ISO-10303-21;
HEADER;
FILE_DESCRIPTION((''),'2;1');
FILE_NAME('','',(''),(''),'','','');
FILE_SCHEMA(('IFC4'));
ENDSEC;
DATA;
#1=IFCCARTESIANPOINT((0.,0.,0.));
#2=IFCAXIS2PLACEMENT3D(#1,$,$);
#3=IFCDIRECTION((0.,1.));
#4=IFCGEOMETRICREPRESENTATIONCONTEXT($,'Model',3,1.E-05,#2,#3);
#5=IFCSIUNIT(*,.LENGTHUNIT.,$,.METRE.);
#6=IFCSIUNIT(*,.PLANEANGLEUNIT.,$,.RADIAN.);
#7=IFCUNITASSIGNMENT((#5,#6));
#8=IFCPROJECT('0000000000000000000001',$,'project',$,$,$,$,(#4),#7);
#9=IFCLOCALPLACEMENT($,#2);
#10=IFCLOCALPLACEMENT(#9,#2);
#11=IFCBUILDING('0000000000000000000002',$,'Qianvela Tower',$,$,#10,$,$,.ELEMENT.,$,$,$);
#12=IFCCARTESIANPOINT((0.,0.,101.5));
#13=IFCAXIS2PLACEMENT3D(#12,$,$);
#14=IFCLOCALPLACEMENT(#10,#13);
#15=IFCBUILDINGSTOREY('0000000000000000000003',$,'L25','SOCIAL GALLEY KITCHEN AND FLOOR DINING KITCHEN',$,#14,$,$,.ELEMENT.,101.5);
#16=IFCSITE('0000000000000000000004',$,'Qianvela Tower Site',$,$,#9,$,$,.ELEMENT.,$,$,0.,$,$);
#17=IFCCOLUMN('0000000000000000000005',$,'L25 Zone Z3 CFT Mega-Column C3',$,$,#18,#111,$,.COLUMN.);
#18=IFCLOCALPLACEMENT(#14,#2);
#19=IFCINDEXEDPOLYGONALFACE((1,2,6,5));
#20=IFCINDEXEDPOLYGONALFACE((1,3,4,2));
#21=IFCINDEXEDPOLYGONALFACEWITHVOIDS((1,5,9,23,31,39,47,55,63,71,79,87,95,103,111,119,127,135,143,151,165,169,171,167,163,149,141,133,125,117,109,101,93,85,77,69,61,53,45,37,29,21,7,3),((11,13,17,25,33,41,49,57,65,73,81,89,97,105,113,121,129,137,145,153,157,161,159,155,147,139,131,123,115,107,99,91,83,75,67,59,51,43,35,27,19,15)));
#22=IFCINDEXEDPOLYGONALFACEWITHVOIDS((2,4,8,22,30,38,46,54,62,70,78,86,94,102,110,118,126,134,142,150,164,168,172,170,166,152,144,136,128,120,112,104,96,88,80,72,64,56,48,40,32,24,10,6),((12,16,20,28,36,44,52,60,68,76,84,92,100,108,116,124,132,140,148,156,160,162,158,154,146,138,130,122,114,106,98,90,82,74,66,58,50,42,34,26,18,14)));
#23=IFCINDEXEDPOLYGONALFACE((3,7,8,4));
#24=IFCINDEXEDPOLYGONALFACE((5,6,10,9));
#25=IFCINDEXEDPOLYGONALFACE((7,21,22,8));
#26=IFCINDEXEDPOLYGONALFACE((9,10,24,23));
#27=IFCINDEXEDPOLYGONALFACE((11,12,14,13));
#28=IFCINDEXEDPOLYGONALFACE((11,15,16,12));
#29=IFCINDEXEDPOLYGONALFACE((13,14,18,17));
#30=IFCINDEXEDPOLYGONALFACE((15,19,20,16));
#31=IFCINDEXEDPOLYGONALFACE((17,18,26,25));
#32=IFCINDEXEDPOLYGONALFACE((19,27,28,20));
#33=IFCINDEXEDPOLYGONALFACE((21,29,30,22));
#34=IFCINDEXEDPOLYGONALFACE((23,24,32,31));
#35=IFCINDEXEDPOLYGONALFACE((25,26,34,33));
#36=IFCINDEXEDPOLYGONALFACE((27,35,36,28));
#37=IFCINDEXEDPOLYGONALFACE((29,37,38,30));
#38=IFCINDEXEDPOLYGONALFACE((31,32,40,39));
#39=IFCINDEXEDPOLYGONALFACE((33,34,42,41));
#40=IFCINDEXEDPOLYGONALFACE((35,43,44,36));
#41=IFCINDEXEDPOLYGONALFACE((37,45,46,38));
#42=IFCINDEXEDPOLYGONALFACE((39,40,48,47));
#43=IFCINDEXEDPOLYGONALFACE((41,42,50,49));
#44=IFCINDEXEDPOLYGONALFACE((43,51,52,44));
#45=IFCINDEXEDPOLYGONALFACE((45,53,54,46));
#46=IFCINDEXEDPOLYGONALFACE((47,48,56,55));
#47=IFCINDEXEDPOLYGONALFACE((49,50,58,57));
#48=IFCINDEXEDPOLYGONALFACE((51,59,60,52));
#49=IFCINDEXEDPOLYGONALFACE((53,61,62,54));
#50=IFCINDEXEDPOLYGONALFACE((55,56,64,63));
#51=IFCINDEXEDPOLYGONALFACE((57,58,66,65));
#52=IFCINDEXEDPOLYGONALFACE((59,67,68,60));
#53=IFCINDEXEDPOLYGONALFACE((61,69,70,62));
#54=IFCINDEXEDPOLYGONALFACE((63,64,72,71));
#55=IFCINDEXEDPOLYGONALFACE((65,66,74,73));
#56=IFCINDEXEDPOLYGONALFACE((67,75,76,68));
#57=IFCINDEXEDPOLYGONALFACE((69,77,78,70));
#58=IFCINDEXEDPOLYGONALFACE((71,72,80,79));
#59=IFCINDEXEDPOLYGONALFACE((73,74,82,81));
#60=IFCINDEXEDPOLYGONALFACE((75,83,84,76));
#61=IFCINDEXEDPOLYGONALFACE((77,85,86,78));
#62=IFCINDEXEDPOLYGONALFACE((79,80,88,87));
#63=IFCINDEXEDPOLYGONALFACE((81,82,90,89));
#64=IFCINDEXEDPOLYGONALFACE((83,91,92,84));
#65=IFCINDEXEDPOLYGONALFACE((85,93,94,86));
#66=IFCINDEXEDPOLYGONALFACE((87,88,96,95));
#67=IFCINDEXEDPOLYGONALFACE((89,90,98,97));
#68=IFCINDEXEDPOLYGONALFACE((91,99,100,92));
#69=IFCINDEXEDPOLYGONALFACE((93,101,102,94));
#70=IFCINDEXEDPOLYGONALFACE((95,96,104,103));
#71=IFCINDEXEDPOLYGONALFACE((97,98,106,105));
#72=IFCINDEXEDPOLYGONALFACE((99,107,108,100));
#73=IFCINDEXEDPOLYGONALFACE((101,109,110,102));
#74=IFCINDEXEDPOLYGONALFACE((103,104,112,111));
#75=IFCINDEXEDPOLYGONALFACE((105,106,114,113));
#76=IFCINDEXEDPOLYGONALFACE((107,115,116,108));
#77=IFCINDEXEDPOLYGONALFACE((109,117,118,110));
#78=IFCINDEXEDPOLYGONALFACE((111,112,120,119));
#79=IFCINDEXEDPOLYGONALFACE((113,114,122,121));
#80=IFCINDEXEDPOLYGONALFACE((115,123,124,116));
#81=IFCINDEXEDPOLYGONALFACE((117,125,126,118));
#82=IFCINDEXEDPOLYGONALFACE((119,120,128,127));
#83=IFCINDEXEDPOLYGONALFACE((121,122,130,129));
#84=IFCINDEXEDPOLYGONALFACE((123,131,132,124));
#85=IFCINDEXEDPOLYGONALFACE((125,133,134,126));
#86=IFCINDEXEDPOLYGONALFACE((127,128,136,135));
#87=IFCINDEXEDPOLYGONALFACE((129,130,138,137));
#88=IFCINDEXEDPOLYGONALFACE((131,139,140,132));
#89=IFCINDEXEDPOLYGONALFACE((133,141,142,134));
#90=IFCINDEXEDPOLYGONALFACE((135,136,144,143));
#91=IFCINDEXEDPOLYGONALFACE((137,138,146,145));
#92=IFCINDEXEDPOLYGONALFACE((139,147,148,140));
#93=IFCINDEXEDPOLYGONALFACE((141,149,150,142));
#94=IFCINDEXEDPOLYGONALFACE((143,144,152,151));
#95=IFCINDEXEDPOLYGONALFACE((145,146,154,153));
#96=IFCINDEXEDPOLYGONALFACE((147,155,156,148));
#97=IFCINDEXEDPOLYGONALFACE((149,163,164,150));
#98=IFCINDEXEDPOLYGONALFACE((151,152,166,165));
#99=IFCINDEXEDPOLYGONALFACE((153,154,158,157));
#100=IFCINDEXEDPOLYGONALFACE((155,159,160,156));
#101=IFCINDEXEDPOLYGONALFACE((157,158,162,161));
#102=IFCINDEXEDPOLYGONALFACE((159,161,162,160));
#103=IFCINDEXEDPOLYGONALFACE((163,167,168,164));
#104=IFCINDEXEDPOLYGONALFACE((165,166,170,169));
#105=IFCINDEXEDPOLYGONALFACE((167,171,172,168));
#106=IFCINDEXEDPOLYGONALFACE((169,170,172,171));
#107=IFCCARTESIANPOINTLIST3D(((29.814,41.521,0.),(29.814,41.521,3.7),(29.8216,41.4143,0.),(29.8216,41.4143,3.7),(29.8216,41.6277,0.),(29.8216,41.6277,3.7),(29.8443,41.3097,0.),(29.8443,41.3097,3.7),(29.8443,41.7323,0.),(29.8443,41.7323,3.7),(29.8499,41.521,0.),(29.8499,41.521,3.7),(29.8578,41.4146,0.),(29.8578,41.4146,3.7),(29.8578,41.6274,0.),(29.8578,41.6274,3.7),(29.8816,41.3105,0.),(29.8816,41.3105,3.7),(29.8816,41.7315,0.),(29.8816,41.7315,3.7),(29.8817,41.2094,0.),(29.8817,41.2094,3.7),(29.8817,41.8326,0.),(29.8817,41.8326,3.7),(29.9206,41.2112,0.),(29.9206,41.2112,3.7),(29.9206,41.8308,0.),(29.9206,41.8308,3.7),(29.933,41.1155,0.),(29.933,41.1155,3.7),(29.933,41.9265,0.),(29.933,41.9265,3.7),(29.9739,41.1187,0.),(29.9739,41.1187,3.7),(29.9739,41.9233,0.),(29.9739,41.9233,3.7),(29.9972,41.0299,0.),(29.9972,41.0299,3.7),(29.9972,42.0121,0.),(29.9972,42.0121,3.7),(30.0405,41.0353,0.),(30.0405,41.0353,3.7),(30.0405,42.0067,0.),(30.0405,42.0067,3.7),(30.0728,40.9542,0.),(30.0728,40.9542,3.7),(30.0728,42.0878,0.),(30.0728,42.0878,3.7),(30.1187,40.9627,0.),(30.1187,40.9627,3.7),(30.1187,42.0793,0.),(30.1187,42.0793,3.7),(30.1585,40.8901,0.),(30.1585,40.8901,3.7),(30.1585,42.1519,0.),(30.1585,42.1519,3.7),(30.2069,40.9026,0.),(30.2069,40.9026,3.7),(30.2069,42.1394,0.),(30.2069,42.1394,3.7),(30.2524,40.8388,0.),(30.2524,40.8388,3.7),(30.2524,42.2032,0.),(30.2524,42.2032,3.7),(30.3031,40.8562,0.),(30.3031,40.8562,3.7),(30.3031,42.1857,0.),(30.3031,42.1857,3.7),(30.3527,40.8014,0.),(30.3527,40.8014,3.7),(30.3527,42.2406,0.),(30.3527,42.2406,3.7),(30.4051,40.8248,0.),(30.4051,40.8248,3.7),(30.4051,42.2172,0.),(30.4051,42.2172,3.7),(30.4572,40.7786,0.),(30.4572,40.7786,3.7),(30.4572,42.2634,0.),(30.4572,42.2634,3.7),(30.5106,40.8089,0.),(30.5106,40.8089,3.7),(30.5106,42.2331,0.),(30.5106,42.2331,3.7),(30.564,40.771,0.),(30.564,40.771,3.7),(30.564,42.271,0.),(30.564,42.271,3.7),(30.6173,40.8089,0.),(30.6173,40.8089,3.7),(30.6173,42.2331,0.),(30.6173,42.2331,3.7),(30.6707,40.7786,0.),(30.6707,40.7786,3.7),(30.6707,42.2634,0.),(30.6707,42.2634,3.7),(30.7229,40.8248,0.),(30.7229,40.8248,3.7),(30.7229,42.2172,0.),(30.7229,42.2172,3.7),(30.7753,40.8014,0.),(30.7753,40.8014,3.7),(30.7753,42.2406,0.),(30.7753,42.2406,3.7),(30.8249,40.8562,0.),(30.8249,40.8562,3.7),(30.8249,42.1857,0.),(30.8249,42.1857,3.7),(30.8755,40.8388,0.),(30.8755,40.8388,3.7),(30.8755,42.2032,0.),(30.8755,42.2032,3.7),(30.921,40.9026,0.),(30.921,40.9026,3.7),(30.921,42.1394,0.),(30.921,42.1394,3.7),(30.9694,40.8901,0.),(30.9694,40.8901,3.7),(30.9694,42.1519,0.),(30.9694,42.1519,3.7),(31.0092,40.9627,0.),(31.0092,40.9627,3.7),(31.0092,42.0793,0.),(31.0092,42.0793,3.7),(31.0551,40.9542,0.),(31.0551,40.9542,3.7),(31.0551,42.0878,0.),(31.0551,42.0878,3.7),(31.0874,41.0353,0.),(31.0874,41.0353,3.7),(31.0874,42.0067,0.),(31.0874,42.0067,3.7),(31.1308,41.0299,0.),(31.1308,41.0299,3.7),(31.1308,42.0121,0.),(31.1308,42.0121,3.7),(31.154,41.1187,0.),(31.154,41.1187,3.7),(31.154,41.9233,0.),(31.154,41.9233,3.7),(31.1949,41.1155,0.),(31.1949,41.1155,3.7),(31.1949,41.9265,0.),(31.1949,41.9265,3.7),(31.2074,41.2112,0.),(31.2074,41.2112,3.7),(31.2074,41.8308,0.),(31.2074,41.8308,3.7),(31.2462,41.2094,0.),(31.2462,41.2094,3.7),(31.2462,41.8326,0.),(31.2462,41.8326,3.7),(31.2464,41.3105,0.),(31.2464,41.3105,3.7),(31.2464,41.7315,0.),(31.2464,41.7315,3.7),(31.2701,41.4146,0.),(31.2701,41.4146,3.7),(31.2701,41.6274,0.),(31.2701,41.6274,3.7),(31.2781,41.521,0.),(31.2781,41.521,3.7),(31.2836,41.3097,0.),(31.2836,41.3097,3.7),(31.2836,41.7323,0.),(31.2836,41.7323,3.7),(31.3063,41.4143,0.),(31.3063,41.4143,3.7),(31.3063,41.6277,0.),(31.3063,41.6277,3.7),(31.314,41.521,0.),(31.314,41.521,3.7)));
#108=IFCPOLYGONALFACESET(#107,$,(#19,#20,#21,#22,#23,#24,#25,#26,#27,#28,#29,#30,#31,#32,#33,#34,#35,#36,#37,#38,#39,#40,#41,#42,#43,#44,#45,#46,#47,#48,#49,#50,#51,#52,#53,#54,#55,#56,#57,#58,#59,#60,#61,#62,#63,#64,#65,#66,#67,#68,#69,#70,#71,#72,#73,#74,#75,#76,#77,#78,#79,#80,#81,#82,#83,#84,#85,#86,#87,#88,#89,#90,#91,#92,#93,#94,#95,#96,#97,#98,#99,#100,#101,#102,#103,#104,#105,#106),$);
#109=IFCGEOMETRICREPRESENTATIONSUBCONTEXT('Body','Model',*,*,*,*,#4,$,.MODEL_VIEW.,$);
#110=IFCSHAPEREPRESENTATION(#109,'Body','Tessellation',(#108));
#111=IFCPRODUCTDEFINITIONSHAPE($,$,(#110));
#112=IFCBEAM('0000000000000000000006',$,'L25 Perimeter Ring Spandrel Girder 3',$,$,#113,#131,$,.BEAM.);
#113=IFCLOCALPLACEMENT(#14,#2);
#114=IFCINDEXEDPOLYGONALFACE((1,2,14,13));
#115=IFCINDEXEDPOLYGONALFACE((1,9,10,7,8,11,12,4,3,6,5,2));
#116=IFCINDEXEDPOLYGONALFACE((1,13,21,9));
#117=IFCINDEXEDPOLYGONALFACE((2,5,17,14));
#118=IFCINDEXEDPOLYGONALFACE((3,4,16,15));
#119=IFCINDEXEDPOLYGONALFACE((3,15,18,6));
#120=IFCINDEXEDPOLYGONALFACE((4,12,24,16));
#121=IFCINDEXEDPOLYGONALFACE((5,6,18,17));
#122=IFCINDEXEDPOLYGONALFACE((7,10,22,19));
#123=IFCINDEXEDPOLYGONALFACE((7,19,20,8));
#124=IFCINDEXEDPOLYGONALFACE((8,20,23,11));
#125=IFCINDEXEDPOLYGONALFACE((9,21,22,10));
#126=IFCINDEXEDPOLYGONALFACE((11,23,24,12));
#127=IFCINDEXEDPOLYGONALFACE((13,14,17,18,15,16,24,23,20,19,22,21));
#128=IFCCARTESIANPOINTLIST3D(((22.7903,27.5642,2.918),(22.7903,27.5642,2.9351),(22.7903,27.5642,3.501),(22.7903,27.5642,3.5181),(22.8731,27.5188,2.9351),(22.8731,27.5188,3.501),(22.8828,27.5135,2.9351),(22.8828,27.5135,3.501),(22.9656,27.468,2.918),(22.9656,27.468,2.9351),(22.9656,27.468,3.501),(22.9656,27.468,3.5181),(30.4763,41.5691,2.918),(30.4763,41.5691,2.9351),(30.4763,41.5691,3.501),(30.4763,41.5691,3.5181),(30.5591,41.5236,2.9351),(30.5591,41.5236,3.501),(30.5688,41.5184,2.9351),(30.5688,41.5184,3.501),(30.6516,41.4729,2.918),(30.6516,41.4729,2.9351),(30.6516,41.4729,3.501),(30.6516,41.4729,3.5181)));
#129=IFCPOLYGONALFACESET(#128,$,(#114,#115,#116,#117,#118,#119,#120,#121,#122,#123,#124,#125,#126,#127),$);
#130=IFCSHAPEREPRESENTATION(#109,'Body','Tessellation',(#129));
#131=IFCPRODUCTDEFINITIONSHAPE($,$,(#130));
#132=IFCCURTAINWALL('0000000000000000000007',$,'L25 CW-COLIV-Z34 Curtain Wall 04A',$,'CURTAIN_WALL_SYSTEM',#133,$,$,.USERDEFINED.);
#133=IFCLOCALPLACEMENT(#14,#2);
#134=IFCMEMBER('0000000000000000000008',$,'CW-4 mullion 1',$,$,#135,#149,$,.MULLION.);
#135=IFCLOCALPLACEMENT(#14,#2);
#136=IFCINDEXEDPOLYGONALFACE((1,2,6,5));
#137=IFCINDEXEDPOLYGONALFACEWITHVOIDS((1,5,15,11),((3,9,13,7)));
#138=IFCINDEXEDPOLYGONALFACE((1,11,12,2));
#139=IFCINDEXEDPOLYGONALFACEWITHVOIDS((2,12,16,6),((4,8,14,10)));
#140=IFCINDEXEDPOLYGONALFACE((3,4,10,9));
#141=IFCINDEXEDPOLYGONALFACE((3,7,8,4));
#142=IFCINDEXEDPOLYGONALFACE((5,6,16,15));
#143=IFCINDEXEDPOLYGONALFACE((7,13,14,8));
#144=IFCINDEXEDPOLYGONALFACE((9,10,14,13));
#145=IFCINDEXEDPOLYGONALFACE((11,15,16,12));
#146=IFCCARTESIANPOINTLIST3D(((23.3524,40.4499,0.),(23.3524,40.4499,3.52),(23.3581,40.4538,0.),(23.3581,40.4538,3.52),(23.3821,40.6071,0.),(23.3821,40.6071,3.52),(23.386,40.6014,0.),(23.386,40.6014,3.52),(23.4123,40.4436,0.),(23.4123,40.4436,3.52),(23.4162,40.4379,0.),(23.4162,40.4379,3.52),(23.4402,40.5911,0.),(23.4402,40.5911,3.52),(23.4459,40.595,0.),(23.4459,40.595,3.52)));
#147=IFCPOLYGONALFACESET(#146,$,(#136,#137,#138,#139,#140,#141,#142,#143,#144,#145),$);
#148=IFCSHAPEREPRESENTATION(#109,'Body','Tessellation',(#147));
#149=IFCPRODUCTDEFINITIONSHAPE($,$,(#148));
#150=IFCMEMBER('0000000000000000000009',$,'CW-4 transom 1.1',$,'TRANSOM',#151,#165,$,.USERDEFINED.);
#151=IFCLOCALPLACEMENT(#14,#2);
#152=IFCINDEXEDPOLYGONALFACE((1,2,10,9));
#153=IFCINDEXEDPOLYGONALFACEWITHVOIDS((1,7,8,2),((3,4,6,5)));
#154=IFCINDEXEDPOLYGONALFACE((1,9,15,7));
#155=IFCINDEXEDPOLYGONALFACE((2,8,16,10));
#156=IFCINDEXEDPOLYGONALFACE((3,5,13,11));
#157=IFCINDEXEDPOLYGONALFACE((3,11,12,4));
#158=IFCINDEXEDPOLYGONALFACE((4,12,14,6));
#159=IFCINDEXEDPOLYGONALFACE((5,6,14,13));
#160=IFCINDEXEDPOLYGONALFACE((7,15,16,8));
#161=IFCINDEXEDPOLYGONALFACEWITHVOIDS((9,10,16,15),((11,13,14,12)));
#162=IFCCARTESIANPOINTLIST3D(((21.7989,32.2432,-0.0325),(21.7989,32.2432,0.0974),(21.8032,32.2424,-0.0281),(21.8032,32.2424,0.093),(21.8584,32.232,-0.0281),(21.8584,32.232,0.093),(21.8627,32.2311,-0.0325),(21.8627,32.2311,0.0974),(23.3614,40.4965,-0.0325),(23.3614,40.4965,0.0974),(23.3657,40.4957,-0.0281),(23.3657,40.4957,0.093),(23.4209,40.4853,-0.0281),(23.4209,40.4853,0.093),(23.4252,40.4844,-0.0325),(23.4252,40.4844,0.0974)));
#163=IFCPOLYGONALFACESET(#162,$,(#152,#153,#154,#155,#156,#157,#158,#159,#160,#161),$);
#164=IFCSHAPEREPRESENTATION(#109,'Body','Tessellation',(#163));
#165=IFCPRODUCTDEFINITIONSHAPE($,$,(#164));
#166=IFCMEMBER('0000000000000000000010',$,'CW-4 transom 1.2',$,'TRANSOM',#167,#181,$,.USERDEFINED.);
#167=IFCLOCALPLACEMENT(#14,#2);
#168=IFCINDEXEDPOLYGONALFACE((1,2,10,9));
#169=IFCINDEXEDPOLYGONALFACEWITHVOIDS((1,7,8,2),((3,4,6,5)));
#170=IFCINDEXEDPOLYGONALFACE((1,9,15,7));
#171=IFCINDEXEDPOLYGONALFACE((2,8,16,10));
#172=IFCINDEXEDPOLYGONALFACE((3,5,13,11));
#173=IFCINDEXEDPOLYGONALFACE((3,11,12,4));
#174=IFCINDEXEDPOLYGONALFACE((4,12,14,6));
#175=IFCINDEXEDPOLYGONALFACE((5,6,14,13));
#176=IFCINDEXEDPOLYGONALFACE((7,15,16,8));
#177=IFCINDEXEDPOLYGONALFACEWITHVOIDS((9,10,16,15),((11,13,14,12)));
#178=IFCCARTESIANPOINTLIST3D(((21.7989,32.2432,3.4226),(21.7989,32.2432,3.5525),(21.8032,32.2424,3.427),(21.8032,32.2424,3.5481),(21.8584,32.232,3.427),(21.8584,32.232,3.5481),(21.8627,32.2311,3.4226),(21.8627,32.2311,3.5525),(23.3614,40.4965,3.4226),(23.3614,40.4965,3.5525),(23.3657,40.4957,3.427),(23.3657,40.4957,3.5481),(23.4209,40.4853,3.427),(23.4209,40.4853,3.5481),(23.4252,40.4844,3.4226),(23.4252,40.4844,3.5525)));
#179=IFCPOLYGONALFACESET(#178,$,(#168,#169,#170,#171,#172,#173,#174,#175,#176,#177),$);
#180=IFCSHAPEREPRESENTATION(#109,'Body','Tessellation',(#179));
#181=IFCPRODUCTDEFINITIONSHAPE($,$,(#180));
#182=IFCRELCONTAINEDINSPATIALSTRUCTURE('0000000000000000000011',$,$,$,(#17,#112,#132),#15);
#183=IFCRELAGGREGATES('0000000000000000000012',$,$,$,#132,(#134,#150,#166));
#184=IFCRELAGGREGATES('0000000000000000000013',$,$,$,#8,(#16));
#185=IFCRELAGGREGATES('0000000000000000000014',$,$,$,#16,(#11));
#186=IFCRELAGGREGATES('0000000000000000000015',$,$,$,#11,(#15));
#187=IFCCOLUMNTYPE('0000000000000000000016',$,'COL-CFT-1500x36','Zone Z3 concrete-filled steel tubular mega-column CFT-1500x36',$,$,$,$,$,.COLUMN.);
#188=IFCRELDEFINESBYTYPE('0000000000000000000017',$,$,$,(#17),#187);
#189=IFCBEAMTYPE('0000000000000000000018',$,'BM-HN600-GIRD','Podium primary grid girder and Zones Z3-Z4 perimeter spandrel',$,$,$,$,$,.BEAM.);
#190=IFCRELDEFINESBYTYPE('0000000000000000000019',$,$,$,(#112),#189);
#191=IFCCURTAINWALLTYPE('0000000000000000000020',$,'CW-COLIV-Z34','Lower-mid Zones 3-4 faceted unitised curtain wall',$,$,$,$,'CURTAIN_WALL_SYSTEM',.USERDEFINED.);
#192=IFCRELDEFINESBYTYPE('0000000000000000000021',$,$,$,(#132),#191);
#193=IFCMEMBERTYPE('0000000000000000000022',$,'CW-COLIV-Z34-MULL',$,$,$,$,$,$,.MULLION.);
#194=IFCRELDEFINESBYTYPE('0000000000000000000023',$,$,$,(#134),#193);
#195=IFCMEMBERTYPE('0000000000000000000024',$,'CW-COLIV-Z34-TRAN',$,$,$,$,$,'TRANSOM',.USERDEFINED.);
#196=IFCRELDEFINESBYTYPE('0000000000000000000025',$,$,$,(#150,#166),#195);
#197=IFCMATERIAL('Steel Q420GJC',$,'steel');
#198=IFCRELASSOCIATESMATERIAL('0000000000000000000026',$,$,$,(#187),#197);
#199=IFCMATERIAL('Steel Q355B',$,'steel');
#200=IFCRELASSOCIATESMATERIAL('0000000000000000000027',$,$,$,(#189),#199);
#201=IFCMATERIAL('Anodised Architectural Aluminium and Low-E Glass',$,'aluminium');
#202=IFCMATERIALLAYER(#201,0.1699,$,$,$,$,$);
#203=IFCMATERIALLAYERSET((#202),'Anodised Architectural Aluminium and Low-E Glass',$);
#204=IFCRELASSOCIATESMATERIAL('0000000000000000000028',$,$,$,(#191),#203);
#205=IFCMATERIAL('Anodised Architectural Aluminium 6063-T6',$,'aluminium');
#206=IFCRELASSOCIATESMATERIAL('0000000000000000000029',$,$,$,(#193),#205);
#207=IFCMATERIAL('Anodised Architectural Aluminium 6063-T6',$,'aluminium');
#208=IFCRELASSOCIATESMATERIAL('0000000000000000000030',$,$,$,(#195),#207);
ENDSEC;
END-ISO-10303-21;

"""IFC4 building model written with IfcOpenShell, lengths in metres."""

from ifc_helpers import new_model, si_unit, direction, frame, origin, origin_2d, place, context, subcontext, project, spatial, hollow_rectangle, hollow_circle, i_section, extrude, material, layer, layer_set, material_profile, profile_set, type_object, element, aggregate, save


model = new_model("IFC4")

# Units and contexts
model_context = context("Model", 3, precision=1e-05, world=origin(), true_north=direction((0.0, 1.0)))
body_context = subcontext(model_context, "Body", "Model", "MODEL_VIEW")
ifc_project = project(units=[si_unit("LENGTHUNIT", "METRE"), si_unit("PLANEANGLEUNIT", "RADIAN")], contexts=[model_context])

# Site, building, storey
site_placement = place(None, origin())
site = spatial("IfcSite", under=ifc_project, at=site_placement, Name="Qianvela Tower Site", CompositionType="ELEMENT", RefElevation=0.0)
building_placement = place(site_placement, origin())
building = spatial("IfcBuilding", under=site, at=building_placement, Name="Qianvela Tower", CompositionType="ELEMENT")
storey_placement = place(building_placement, frame((0.0, 0.0, 101.5)))
storey = spatial("IfcBuildingStorey", under=building, at=storey_placement, Name="L25", Description="SOCIAL GALLEY KITCHEN AND FLOOR DINING KITCHEN", CompositionType="ELEMENT", Elevation=101.5)

# Column
ifc_material_1 = material(Name="Steel Q420GJC", Category="steel")
ifc_material_profile_1 = material_profile(ifc_material_1, hollow_circle(Radius=0.75, WallThickness=0.0359, at=origin_2d()), Name="CFT-1500x36")
ifc_profile_set_1 = profile_set([ifc_material_profile_1], Name="Steel Q420GJC")
column_type = type_object("IfcColumnType", Name="COL-CFT-1500x36", Description="Zone Z3 concrete-filled steel tubular mega-column CFT-1500x36", PredefinedType="COLUMN", material=ifc_profile_set_1)
column_placement = place(storey_placement, frame((30.564, 41.521, 0.0), z_axis=(0.0, 0.0, 1.0), x_axis=(1.0, 0.0, 0.0)))
element("IfcColumn", 1, at=column_placement, inside=storey, type_object=column_type, Name="L25 Zone Z3 CFT Mega-Column C3", PredefinedType="COLUMN", context=body_context, shape_type="SweptSolid", body=[
    extrude(hollow_circle(Radius=0.75, WallThickness=0.0359, at=origin_2d()), origin(), (0.0, 0.0, 1.0), 3.7),
])

# Beam
ifc_material_2 = material(Name="Steel Q355B", Category="steel")
ifc_material_profile_2 = material_profile(ifc_material_2, i_section(OverallWidth=0.2, OverallDepth=0.6001, WebThickness=0.011, FlangeThickness=0.0171, at=origin_2d()), Name="HN600x200x11x17")
ifc_profile_set_2 = profile_set([ifc_material_profile_2], Name="Steel Q355B")
beam_type = type_object("IfcBeamType", Name="BM-HN600-GIRD", Description="Podium primary grid girder and Zones Z3-Z4 perimeter spandrel", PredefinedType="BEAM", material=ifc_profile_set_2)
beam_placement = place(storey_placement, frame((30.564, 41.521, 3.218), z_axis=(-0.481118, -0.876656, 0.0), x_axis=(0.876656, -0.481118, 0.0)))
element("IfcBeam", 2, at=beam_placement, inside=storey, type_object=beam_type, Name="L25 Perimeter Ring Spandrel Girder 3", PredefinedType="BEAM", context=body_context, shape_type="SweptSolid", body=[
    extrude(i_section(OverallWidth=0.2, OverallDepth=0.6001, WebThickness=0.011, FlangeThickness=0.0171, at=origin_2d()), origin(), (0.0, 0.0, 1.0), 15.9753),
])

# Curtain wall, members
ifc_material_3 = material(Name="Anodised Architectural Aluminium and Low-E Glass", Category="aluminium")
ifc_layer_1 = layer(ifc_material_3, 0.1699)
ifc_layer_set_1 = layer_set([ifc_layer_1], Name="Anodised Architectural Aluminium and Low-E Glass")
curtain_wall_type = type_object("IfcCurtainWallType", Name="CW-COLIV-Z34", Description="Lower-mid Zones 3-4 faceted unitised curtain wall", ElementType="CURTAIN_WALL_SYSTEM", PredefinedType="USERDEFINED", material=ifc_layer_set_1)
curtain_wall_placement = place(storey_placement, origin())
curtain_wall = element("IfcCurtainWall", 3, at=curtain_wall_placement, inside=storey, type_object=curtain_wall_type, Name="L25 CW-COLIV-Z34 Curtain Wall 04A", ObjectType="CURTAIN_WALL_SYSTEM", PredefinedType="USERDEFINED")
ifc_material_4 = material(Name="Anodised Architectural Aluminium 6063-T6", Category="aluminium")
ifc_material_profile_3 = material_profile(ifc_material_4, hollow_rectangle(XDim=0.0649, YDim=0.1599, WallThickness=0.0049, at=origin_2d()), Name="ALU-MULL-65x160")
ifc_profile_set_3 = profile_set([ifc_material_profile_3], Name="Anodised Architectural Aluminium 6063-T6")
member_type_1 = type_object("IfcMemberType", Name="CW-COLIV-Z34-MULL", PredefinedType="MULLION", material=ifc_profile_set_3)
member_1_placement = place(storey_placement, frame((23.3992, 40.5225, 0.0), z_axis=(0.0, 0.0, 1.0), x_axis=(0.982547, -0.186012, 0.0)))
member_1 = element("IfcMember", 4, at=member_1_placement, type_object=member_type_1, Name="CW-4 mullion 1", PredefinedType="MULLION", context=body_context, shape_type="SweptSolid", body=[
    extrude(hollow_rectangle(XDim=0.0649, YDim=0.1599, WallThickness=0.0049, at=origin_2d()), origin(), (0.0, 0.0, 1.0), 3.52),
])
ifc_material_5 = material(Name="Anodised Architectural Aluminium 6063-T6", Category="aluminium")
ifc_material_profile_4 = material_profile(ifc_material_5, hollow_rectangle(XDim=0.0649, YDim=0.1299, WallThickness=0.0044, at=origin_2d()), Name="ALU-TRAN-65x130")
ifc_profile_set_4 = profile_set([ifc_material_profile_4], Name="Anodised Architectural Aluminium 6063-T6")
member_type_2 = type_object("IfcMemberType", Name="CW-COLIV-Z34-TRAN", ElementType="TRANSOM", PredefinedType="USERDEFINED", material=ifc_profile_set_4)
member_2_placement = place(storey_placement, frame((23.3933, 40.4905, 0.0325), z_axis=(-0.186011, -0.982548, 0.0), x_axis=(0.982548, -0.186011, 0.0)))
member_2 = element("IfcMember", 5, at=member_2_placement, type_object=member_type_2, Name="CW-4 transom 1.1", ObjectType="TRANSOM", PredefinedType="USERDEFINED", context=body_context, shape_type="SweptSolid", body=[
    extrude(hollow_rectangle(XDim=0.0649, YDim=0.1299, WallThickness=0.0044, at=origin_2d()), origin(), (0.0, 0.0, 1.0), 8.3999),
])
member_3_placement = place(storey_placement, frame((23.3933, 40.4905, 3.4875), z_axis=(-0.186011, -0.982548, 0.0), x_axis=(0.982548, -0.186011, 0.0)))
member_3 = element("IfcMember", 6, at=member_3_placement, type_object=member_type_2, Name="CW-4 transom 1.2", ObjectType="TRANSOM", PredefinedType="USERDEFINED", context=body_context, shape_type="SweptSolid", body=[
    extrude(hollow_rectangle(XDim=0.0649, YDim=0.1299, WallThickness=0.0044, at=origin_2d()), origin(), (0.0, 0.0, 1.0), 8.3999),
])
aggregate(curtain_wall, [member_1, member_2, member_3])

save(model, "model.ifc")
